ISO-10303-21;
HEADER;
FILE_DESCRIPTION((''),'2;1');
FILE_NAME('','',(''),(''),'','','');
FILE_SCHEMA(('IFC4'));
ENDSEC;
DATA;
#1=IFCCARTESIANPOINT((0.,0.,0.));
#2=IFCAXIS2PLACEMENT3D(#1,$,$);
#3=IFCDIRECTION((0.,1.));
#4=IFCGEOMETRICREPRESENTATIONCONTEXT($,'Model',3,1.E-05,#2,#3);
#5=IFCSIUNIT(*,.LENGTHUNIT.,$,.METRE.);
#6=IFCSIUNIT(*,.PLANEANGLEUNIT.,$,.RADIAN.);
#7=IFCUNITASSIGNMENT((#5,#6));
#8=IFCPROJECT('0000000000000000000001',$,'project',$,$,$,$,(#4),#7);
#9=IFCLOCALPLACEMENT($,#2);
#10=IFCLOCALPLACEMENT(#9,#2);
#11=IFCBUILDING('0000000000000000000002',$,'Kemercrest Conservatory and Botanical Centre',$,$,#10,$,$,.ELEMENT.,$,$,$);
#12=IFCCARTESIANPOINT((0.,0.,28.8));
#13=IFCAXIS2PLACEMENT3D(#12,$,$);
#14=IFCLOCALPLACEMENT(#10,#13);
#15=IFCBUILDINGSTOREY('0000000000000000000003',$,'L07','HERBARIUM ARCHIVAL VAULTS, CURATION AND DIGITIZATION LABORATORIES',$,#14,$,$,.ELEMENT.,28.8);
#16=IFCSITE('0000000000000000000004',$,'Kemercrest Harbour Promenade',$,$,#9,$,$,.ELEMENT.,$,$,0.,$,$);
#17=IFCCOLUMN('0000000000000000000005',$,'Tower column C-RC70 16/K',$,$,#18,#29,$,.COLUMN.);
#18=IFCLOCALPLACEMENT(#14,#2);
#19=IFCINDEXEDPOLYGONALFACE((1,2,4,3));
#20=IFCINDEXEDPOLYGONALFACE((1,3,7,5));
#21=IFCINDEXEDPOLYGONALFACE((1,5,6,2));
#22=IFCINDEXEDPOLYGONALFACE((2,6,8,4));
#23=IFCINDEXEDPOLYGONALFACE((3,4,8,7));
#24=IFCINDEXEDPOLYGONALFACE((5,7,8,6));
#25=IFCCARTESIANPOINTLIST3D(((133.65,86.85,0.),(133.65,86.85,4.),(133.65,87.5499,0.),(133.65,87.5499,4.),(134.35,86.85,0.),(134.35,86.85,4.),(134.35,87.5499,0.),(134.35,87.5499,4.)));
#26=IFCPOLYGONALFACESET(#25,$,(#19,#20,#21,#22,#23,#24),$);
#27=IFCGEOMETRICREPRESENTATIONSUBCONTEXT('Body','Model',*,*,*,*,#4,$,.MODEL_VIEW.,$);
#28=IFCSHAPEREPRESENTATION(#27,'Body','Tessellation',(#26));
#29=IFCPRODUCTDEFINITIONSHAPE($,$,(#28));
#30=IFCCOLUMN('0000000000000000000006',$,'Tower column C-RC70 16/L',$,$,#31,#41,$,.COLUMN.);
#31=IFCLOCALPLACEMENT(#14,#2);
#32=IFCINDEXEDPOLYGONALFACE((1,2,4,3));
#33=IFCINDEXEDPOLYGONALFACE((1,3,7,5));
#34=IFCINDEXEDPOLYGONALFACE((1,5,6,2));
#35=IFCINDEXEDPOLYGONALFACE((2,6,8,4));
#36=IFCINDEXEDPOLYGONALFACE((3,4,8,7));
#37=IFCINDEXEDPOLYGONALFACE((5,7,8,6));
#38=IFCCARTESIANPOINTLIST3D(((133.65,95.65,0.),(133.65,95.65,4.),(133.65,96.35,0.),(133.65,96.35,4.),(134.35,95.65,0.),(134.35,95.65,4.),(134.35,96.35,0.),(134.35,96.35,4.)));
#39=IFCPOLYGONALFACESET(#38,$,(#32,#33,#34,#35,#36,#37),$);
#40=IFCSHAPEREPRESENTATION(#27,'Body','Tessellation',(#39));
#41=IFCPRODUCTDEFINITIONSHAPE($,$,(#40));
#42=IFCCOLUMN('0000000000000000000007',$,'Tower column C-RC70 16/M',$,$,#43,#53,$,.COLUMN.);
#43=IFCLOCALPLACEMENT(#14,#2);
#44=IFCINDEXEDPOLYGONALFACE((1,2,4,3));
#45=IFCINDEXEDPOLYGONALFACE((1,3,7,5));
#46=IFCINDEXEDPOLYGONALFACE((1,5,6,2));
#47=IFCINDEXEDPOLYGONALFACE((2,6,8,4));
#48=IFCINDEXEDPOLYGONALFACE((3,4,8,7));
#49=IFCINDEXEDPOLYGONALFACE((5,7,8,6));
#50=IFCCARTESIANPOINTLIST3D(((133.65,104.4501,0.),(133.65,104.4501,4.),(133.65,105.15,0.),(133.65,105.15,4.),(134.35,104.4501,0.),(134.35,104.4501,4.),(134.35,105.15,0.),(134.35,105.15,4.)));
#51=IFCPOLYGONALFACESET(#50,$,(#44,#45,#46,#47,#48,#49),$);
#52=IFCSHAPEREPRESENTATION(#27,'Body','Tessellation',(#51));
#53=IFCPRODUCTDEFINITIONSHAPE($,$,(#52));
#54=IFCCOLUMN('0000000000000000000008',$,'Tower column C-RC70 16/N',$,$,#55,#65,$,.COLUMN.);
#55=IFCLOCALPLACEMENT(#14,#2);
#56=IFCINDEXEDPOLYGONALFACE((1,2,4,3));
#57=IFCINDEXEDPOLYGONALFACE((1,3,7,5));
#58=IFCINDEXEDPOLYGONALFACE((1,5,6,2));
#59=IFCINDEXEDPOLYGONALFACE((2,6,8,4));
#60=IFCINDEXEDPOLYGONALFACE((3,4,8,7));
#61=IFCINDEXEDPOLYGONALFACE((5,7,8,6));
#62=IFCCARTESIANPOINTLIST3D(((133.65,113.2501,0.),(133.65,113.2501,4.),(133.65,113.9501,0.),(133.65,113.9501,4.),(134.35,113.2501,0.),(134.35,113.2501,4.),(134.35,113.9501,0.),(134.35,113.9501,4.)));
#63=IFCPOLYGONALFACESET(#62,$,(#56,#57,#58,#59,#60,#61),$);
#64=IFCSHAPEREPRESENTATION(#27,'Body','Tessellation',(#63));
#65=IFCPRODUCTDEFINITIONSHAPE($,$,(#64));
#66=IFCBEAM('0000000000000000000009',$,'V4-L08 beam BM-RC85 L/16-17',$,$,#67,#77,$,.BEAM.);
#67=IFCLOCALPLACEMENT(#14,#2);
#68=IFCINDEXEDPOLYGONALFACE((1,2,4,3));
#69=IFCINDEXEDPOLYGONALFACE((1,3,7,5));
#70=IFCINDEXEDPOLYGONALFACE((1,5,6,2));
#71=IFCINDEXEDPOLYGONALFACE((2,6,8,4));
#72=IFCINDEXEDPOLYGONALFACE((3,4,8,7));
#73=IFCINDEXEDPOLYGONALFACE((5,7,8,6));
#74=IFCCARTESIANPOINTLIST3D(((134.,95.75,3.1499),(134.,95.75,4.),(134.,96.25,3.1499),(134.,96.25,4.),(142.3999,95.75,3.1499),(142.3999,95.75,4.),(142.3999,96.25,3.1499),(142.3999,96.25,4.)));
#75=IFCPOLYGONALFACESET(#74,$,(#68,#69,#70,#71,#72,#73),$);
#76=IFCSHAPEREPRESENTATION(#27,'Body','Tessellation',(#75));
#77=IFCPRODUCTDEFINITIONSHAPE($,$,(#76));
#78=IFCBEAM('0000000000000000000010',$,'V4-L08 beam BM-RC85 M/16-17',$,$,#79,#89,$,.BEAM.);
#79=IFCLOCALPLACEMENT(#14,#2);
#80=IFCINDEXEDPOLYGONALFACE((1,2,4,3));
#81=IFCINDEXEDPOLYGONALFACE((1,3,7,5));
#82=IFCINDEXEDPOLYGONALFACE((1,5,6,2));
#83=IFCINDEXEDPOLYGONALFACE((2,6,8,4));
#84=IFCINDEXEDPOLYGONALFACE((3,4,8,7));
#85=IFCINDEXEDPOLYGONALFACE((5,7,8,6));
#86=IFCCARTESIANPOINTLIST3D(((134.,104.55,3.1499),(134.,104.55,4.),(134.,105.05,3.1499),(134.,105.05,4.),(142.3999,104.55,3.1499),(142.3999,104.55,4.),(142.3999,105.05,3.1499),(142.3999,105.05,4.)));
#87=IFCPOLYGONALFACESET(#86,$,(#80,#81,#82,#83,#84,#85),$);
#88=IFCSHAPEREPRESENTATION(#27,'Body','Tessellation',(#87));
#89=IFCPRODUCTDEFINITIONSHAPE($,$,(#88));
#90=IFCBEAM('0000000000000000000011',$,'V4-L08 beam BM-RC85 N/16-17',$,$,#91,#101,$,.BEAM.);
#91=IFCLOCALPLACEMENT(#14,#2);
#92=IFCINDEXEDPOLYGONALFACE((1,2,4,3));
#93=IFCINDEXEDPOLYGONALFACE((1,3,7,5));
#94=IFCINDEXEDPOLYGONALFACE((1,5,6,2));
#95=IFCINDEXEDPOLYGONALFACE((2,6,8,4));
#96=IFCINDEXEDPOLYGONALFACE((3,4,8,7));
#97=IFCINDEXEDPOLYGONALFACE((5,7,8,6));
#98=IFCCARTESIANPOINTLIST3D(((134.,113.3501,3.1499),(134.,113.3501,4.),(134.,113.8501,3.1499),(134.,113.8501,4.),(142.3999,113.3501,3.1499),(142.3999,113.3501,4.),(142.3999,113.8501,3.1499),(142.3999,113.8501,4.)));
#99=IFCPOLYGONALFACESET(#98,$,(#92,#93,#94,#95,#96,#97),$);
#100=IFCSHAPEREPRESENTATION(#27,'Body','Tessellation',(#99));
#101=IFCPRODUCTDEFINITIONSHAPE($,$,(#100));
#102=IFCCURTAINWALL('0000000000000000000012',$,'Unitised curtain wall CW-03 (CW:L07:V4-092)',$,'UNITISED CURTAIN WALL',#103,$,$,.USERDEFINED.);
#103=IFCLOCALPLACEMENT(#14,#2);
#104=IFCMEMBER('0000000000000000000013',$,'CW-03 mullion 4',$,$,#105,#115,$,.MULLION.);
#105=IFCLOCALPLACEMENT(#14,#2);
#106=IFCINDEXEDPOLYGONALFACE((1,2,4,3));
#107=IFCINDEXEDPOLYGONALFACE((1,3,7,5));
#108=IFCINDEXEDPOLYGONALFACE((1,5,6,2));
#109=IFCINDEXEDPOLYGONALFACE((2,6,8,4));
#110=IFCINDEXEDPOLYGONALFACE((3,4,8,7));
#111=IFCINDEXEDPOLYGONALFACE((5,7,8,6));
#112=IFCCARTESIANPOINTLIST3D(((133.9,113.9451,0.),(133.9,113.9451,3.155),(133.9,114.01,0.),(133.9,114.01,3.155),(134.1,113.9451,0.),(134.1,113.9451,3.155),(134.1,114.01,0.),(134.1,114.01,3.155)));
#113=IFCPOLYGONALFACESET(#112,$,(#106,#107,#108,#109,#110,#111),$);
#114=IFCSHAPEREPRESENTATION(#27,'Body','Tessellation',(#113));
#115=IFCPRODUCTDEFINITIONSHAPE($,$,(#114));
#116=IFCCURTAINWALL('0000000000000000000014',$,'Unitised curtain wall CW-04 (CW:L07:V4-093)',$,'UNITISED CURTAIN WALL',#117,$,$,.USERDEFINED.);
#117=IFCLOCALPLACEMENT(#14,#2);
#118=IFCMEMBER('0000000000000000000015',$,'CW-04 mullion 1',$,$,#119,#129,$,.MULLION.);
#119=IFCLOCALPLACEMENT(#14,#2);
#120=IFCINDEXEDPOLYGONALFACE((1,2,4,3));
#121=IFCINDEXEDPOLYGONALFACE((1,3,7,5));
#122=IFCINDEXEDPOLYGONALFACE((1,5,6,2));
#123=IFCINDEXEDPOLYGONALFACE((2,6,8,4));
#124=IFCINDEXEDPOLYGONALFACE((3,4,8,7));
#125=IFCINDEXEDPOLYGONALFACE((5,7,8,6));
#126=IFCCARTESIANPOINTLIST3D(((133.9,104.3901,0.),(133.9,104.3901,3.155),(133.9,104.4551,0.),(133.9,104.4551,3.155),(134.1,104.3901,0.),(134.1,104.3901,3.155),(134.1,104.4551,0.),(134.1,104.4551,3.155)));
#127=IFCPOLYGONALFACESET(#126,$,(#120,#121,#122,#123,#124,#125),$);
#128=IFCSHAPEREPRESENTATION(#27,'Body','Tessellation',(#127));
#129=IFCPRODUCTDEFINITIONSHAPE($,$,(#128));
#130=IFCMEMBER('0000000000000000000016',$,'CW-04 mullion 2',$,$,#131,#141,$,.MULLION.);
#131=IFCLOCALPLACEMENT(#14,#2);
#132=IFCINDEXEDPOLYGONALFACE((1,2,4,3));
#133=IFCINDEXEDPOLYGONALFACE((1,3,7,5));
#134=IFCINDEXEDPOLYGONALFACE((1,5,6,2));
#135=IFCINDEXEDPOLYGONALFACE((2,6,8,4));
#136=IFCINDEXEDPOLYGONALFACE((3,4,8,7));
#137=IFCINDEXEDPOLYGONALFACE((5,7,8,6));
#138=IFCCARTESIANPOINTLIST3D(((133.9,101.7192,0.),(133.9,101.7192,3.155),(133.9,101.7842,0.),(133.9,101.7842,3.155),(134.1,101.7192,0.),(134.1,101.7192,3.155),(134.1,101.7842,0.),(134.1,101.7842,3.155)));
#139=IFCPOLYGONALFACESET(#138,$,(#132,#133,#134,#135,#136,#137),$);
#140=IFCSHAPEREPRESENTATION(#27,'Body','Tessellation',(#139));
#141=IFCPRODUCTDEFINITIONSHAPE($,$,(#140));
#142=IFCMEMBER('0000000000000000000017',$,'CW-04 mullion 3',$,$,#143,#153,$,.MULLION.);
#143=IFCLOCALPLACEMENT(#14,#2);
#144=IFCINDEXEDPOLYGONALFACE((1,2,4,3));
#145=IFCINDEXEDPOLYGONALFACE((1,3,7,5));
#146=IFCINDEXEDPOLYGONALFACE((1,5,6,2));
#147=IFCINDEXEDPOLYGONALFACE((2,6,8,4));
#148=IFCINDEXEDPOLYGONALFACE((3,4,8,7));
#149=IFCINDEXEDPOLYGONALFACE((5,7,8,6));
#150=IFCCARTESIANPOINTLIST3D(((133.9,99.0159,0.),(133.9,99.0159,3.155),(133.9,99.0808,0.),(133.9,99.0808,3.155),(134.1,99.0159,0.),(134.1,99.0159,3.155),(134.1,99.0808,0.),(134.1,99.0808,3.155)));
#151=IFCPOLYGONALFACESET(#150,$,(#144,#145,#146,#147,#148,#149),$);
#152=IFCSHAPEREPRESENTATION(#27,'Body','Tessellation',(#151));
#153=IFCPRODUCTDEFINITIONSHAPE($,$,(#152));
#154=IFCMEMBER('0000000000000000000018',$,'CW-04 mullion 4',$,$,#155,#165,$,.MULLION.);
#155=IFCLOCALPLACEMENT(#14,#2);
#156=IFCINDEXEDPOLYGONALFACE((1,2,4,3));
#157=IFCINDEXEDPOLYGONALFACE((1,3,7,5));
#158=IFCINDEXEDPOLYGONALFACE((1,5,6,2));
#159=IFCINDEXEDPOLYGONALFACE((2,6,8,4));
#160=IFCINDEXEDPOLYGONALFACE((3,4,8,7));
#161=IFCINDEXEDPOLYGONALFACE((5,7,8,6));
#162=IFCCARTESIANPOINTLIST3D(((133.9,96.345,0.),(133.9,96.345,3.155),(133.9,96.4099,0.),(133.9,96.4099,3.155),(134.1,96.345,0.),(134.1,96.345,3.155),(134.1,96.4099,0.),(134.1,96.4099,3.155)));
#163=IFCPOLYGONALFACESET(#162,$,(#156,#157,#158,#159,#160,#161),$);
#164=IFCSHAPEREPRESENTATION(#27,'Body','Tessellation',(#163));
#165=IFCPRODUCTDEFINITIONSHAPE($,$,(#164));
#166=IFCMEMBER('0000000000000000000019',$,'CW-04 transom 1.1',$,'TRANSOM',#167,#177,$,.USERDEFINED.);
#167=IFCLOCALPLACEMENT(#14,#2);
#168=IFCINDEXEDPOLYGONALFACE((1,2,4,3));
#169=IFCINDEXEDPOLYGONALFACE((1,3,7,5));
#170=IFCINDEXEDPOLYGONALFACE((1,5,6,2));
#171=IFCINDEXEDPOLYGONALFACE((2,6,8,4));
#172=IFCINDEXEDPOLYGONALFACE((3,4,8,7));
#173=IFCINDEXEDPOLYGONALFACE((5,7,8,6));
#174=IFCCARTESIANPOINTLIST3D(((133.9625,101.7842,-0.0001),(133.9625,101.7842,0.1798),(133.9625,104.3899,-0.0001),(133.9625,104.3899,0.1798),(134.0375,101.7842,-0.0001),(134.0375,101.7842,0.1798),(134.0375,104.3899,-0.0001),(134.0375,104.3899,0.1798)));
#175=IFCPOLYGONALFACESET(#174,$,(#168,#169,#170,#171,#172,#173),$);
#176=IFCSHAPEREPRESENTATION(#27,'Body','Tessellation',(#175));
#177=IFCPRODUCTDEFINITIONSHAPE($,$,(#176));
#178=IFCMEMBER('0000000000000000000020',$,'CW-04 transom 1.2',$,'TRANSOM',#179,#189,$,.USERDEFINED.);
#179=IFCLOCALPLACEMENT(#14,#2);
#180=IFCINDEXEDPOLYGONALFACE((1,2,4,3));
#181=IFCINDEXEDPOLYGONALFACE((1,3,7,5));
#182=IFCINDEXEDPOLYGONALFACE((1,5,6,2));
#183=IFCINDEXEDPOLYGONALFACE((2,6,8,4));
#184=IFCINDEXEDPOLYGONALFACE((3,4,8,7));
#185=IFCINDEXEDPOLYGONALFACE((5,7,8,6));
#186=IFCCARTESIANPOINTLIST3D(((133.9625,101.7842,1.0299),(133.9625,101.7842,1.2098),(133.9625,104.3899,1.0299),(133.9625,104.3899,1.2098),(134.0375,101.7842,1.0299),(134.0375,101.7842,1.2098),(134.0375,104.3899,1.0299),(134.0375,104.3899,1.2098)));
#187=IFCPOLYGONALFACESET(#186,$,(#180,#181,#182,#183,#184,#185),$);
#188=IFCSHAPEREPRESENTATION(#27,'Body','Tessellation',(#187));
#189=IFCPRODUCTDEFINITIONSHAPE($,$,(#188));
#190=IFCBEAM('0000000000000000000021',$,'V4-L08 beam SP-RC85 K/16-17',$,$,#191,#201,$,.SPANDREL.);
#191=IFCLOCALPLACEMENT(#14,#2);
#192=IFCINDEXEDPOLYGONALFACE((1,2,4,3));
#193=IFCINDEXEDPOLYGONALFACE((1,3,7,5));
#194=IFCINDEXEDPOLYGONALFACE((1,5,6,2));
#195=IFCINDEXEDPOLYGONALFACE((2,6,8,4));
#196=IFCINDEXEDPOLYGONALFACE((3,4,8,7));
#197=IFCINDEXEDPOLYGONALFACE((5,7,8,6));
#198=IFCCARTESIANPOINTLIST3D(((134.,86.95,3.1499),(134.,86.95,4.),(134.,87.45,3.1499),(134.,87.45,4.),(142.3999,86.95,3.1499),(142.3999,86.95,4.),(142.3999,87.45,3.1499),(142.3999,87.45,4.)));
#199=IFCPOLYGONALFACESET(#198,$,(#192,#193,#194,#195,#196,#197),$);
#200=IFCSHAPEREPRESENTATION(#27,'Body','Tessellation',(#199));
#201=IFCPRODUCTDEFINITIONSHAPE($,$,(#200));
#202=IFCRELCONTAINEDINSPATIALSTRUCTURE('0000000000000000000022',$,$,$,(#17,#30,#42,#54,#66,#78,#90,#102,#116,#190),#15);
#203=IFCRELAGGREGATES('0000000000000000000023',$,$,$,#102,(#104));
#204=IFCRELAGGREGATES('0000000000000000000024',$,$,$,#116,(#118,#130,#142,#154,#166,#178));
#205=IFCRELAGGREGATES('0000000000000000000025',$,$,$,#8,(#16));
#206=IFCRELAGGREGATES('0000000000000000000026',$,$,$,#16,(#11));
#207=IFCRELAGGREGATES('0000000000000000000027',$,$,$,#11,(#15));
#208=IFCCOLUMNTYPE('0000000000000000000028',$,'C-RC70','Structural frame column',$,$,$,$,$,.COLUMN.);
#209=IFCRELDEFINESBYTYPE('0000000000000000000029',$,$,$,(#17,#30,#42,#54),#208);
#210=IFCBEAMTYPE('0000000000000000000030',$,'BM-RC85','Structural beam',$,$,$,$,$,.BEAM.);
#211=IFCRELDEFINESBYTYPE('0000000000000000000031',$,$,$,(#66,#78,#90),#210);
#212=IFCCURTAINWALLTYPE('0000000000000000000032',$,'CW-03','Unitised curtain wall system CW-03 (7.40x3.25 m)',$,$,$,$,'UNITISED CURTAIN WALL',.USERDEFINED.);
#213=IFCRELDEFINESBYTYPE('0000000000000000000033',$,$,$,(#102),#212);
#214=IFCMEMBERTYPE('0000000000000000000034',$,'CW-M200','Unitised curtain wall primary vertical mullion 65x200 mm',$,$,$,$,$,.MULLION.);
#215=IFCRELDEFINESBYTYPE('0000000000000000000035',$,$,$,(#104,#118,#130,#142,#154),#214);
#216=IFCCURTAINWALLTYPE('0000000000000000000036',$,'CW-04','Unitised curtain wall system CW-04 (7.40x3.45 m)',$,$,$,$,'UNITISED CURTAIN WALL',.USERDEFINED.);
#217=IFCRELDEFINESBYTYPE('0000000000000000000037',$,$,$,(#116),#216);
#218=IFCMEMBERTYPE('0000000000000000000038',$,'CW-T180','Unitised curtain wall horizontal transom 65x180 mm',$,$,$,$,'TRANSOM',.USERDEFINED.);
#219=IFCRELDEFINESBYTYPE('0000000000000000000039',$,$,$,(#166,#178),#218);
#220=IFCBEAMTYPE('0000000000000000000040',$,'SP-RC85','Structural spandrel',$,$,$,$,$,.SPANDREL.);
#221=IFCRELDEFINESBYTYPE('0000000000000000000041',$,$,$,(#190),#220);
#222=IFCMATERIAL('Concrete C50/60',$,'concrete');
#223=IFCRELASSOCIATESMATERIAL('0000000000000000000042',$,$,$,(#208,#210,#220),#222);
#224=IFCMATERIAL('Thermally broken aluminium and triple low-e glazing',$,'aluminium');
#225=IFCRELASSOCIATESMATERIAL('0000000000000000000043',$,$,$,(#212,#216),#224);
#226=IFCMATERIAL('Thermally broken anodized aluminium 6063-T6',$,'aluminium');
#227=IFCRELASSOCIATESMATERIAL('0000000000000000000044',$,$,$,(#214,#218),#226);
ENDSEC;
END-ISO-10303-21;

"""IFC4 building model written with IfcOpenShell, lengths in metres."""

from ifc_helpers import new_model, si_unit, direction, frame, origin, origin_2d, place, context, subcontext, project, spatial, rectangle, extrude, material, material_profile, profile_set, type_object, element, aggregate, save


model = new_model("IFC4")

# Units and contexts
model_context = context("Model", 3, precision=1e-05, world=origin(), true_north=direction((0.0, 1.0)))
body_context = subcontext(model_context, "Body", "Model", "MODEL_VIEW")
ifc_project = project(units=[si_unit("LENGTHUNIT", "METRE"), si_unit("PLANEANGLEUNIT", "RADIAN")], contexts=[model_context])

# Site, building, storey
site_placement = place(None, origin())
site = spatial("IfcSite", under=ifc_project, at=site_placement, Name="Kemercrest Harbour Promenade", CompositionType="ELEMENT", RefElevation=0.0)
building_placement = place(site_placement, origin())
building = spatial("IfcBuilding", under=site, at=building_placement, Name="Kemercrest Conservatory and Botanical Centre", CompositionType="ELEMENT")
storey_placement = place(building_placement, frame((0.0, 0.0, 28.8)))
storey = spatial("IfcBuildingStorey", under=building, at=storey_placement, Name="L07", Description="HERBARIUM ARCHIVAL VAULTS, CURATION AND DIGITIZATION LABORATORIES", CompositionType="ELEMENT", Elevation=28.8)

# Columns
ifc_material_1 = material(Name="Concrete C50/60", Category="concrete")
ifc_material_profile_1 = material_profile(ifc_material_1, rectangle(XDim=0.7, YDim=0.7, at=origin_2d()), Name="RC 700x700")
ifc_profile_set_1 = profile_set([ifc_material_profile_1], Name="Concrete C50/60")
column_type = type_object("IfcColumnType", Name="C-RC70", Description="Structural frame column", PredefinedType="COLUMN", material=ifc_profile_set_1)
for number, where, z_axis, x_axis, name in (
    (1, (134.0, 87.2, 0.0), (0.0, 0.0, 1.0), (1.0, 0.0, 0.0), "Tower column C-RC70 16/K"),
    (2, (134.0, 96.0, 0.0), (0.0, 0.0, 1.0), (1.0, 0.0, 0.0), "Tower column C-RC70 16/L"),
    (3, (134.0, 104.8, 0.0), (0.0, 0.0, 1.0), (1.0, 0.0, 0.0), "Tower column C-RC70 16/M"),
    (4, (134.0, 113.6001, 0.0), (0.0, 0.0, 1.0), (1.0, 0.0, 0.0), "Tower column C-RC70 16/N"),
):
    element("IfcColumn", number, at=place(storey_placement, frame(where, z_axis=z_axis, x_axis=x_axis)), inside=storey, type_object=column_type, Name=name, PredefinedType="COLUMN", context=body_context, shape_type="SweptSolid", body=[
        extrude(rectangle(XDim=0.7, YDim=0.7, at=origin_2d()), origin(), (0.0, 0.0, 1.0), 4.0),
    ])

# Beams
ifc_material_profile_2 = material_profile(ifc_material_1, rectangle(XDim=0.5, YDim=0.8501, at=origin_2d()), Name="RC 500x850")
ifc_profile_set_2 = profile_set([ifc_material_profile_2], Name="Concrete C50/60")
beam_type_1 = type_object("IfcBeamType", Name="BM-RC85", Description="Structural beam", PredefinedType="BEAM", material=ifc_profile_set_2)
for number, where, z_axis, x_axis, name in (
    (5, (134.0, 96.0, 3.575), (1.0, 0.0, 0.0), (0.0, 1.0, 0.0), "V4-L08 beam BM-RC85 L/16-17"),
    (6, (134.0, 104.8, 3.575), (1.0, 0.0, 0.0), (0.0, 1.0, 0.0), "V4-L08 beam BM-RC85 M/16-17"),
    (7, (134.0, 113.6001, 3.575), (1.0, 0.0, 0.0), (0.0, 1.0, 0.0), "V4-L08 beam BM-RC85 N/16-17"),
):
    element("IfcBeam", number, at=place(storey_placement, frame(where, z_axis=z_axis, x_axis=x_axis)), inside=storey, type_object=beam_type_1, Name=name, PredefinedType="BEAM", context=body_context, shape_type="SweptSolid", body=[
        extrude(rectangle(XDim=0.5, YDim=0.8501, at=origin_2d()), origin(), (0.0, 0.0, 1.0), 8.3999),
    ])

# Curtain wall, member
ifc_material_2 = material(Name="Thermally broken aluminium and triple low-e glazing", Category="aluminium")
curtain_wall_type_1 = type_object("IfcCurtainWallType", Name="CW-03", Description="Unitised curtain wall system CW-03 (7.40x3.25 m)", ElementType="UNITISED CURTAIN WALL", PredefinedType="USERDEFINED", material=ifc_material_2)
curtain_wall_1_placement = place(storey_placement, origin())
curtain_wall_1 = element("IfcCurtainWall", 8, at=curtain_wall_1_placement, inside=storey, type_object=curtain_wall_type_1, Name="Unitised curtain wall CW-03 (CW:L07:V4-092)", ObjectType="UNITISED CURTAIN WALL", PredefinedType="USERDEFINED")
ifc_material_3 = material(Name="Thermally broken anodized aluminium 6063-T6", Category="aluminium")
ifc_material_profile_3 = material_profile(ifc_material_3, rectangle(XDim=0.2, YDim=0.0649, at=origin_2d()), Name="AL MULLION 65x200")
ifc_profile_set_3 = profile_set([ifc_material_profile_3], Name="Thermally broken anodized aluminium 6063-T6")
member_type_1 = type_object("IfcMemberType", Name="CW-M200", Description="Unitised curtain wall primary vertical mullion 65x200 mm", PredefinedType="MULLION", material=ifc_profile_set_3)
member_1_placement = place(storey_placement, frame((134.0, 113.9775, 0.0), z_axis=(0.0, 0.0, 1.0), x_axis=(1.0, 0.0, 0.0)))
member_1 = element("IfcMember", 9, at=member_1_placement, type_object=member_type_1, Name="CW-03 mullion 4", PredefinedType="MULLION", context=body_context, shape_type="SweptSolid", body=[
    extrude(rectangle(XDim=0.2, YDim=0.0649, at=origin_2d()), origin(), (0.0, 0.0, 1.0), 3.155),
])
aggregate(curtain_wall_1, [member_1])

# Curtain wall, members
curtain_wall_type_2 = type_object("IfcCurtainWallType", Name="CW-04", Description="Unitised curtain wall system CW-04 (7.40x3.45 m)", ElementType="UNITISED CURTAIN WALL", PredefinedType="USERDEFINED", material=ifc_material_2)
curtain_wall_2_placement = place(storey_placement, origin())
curtain_wall_2 = element("IfcCurtainWall", 10, at=curtain_wall_2_placement, inside=storey, type_object=curtain_wall_type_2, Name="Unitised curtain wall CW-04 (CW:L07:V4-093)", ObjectType="UNITISED CURTAIN WALL", PredefinedType="USERDEFINED")
member_2_placement = place(storey_placement, frame((134.0, 104.4226, 0.0), z_axis=(0.0, 0.0, 1.0), x_axis=(1.0, 0.0, 0.0)))
member_2 = element("IfcMember", 11, at=member_2_placement, type_object=member_type_1, Name="CW-04 mullion 1", PredefinedType="MULLION", context=body_context, shape_type="SweptSolid", body=[
    extrude(rectangle(XDim=0.2, YDim=0.0649, at=origin_2d()), origin(), (0.0, 0.0, 1.0), 3.155),
])
member_3_placement = place(storey_placement, frame((134.0, 101.7517, 0.0), z_axis=(0.0, 0.0, 1.0), x_axis=(1.0, 0.0, 0.0)))
member_3 = element("IfcMember", 12, at=member_3_placement, type_object=member_type_1, Name="CW-04 mullion 2", PredefinedType="MULLION", context=body_context, shape_type="SweptSolid", body=[
    extrude(rectangle(XDim=0.2, YDim=0.0649, at=origin_2d()), origin(), (0.0, 0.0, 1.0), 3.155),
])
member_4_placement = place(storey_placement, frame((134.0, 99.0483, 0.0), z_axis=(0.0, 0.0, 1.0), x_axis=(1.0, 0.0, 0.0)))
member_4 = element("IfcMember", 13, at=member_4_placement, type_object=member_type_1, Name="CW-04 mullion 3", PredefinedType="MULLION", context=body_context, shape_type="SweptSolid", body=[
    extrude(rectangle(XDim=0.2, YDim=0.0649, at=origin_2d()), origin(), (0.0, 0.0, 1.0), 3.155),
])
member_5_placement = place(storey_placement, frame((134.0, 96.3774, 0.0), z_axis=(0.0, 0.0, 1.0), x_axis=(1.0, 0.0, 0.0)))
member_5 = element("IfcMember", 14, at=member_5_placement, type_object=member_type_1, Name="CW-04 mullion 4", PredefinedType="MULLION", context=body_context, shape_type="SweptSolid", body=[
    extrude(rectangle(XDim=0.2, YDim=0.0649, at=origin_2d()), origin(), (0.0, 0.0, 1.0), 3.155),
])
ifc_material_profile_4 = material_profile(ifc_material_3, rectangle(XDim=0.075, YDim=0.1799, at=origin_2d()), Name="AL TRANSOM 75x180")
ifc_profile_set_4 = profile_set([ifc_material_profile_4], Name="Thermally broken anodized aluminium 6063-T6")
member_type_2 = type_object("IfcMemberType", Name="CW-T180", Description="Unitised curtain wall horizontal transom 65x180 mm", ElementType="TRANSOM", PredefinedType="USERDEFINED", material=ifc_profile_set_4)
member_6_placement = place(storey_placement, frame((134.0, 104.3899, 0.0898), z_axis=(0.0, -1.0, 0.0), x_axis=(1.0, 0.0, 0.0)))
member_6 = element("IfcMember", 15, at=member_6_placement, type_object=member_type_2, Name="CW-04 transom 1.1", ObjectType="TRANSOM", PredefinedType="USERDEFINED", context=body_context, shape_type="SweptSolid", body=[
    extrude(rectangle(XDim=0.075, YDim=0.1799, at=origin_2d()), origin(), (0.0, 0.0, 1.0), 2.6057),
])
member_7_placement = place(storey_placement, frame((134.0, 104.3899, 1.1199), z_axis=(0.0, -1.0, 0.0), x_axis=(1.0, 0.0, 0.0)))
member_7 = element("IfcMember", 16, at=member_7_placement, type_object=member_type_2, Name="CW-04 transom 1.2", ObjectType="TRANSOM", PredefinedType="USERDEFINED", context=body_context, shape_type="SweptSolid", body=[
    extrude(rectangle(XDim=0.075, YDim=0.1799, at=origin_2d()), origin(), (0.0, 0.0, 1.0), 2.6057),
])
aggregate(curtain_wall_2, [member_2, member_3, member_4, member_5, member_6, member_7])

# Beam
ifc_material_profile_5 = material_profile(ifc_material_1, rectangle(XDim=0.5, YDim=0.8501, at=origin_2d()), Name="RC 500x850")
ifc_profile_set_5 = profile_set([ifc_material_profile_5], Name="Concrete C50/60")
beam_type_2 = type_object("IfcBeamType", Name="SP-RC85", Description="Structural spandrel", PredefinedType="SPANDREL", material=ifc_profile_set_5)
beam_1_placement = place(storey_placement, frame((134.0, 87.2, 3.575), z_axis=(1.0, 0.0, 0.0), x_axis=(0.0, 1.0, 0.0)))
element("IfcBeam", 17, at=beam_1_placement, inside=storey, type_object=beam_type_2, Name="V4-L08 beam SP-RC85 K/16-17", PredefinedType="SPANDREL", context=body_context, shape_type="SweptSolid", body=[
    extrude(rectangle(XDim=0.5, YDim=0.8501, at=origin_2d()), origin(), (0.0, 0.0, 1.0), 8.3999),
])

save(model, "model.ifc")
